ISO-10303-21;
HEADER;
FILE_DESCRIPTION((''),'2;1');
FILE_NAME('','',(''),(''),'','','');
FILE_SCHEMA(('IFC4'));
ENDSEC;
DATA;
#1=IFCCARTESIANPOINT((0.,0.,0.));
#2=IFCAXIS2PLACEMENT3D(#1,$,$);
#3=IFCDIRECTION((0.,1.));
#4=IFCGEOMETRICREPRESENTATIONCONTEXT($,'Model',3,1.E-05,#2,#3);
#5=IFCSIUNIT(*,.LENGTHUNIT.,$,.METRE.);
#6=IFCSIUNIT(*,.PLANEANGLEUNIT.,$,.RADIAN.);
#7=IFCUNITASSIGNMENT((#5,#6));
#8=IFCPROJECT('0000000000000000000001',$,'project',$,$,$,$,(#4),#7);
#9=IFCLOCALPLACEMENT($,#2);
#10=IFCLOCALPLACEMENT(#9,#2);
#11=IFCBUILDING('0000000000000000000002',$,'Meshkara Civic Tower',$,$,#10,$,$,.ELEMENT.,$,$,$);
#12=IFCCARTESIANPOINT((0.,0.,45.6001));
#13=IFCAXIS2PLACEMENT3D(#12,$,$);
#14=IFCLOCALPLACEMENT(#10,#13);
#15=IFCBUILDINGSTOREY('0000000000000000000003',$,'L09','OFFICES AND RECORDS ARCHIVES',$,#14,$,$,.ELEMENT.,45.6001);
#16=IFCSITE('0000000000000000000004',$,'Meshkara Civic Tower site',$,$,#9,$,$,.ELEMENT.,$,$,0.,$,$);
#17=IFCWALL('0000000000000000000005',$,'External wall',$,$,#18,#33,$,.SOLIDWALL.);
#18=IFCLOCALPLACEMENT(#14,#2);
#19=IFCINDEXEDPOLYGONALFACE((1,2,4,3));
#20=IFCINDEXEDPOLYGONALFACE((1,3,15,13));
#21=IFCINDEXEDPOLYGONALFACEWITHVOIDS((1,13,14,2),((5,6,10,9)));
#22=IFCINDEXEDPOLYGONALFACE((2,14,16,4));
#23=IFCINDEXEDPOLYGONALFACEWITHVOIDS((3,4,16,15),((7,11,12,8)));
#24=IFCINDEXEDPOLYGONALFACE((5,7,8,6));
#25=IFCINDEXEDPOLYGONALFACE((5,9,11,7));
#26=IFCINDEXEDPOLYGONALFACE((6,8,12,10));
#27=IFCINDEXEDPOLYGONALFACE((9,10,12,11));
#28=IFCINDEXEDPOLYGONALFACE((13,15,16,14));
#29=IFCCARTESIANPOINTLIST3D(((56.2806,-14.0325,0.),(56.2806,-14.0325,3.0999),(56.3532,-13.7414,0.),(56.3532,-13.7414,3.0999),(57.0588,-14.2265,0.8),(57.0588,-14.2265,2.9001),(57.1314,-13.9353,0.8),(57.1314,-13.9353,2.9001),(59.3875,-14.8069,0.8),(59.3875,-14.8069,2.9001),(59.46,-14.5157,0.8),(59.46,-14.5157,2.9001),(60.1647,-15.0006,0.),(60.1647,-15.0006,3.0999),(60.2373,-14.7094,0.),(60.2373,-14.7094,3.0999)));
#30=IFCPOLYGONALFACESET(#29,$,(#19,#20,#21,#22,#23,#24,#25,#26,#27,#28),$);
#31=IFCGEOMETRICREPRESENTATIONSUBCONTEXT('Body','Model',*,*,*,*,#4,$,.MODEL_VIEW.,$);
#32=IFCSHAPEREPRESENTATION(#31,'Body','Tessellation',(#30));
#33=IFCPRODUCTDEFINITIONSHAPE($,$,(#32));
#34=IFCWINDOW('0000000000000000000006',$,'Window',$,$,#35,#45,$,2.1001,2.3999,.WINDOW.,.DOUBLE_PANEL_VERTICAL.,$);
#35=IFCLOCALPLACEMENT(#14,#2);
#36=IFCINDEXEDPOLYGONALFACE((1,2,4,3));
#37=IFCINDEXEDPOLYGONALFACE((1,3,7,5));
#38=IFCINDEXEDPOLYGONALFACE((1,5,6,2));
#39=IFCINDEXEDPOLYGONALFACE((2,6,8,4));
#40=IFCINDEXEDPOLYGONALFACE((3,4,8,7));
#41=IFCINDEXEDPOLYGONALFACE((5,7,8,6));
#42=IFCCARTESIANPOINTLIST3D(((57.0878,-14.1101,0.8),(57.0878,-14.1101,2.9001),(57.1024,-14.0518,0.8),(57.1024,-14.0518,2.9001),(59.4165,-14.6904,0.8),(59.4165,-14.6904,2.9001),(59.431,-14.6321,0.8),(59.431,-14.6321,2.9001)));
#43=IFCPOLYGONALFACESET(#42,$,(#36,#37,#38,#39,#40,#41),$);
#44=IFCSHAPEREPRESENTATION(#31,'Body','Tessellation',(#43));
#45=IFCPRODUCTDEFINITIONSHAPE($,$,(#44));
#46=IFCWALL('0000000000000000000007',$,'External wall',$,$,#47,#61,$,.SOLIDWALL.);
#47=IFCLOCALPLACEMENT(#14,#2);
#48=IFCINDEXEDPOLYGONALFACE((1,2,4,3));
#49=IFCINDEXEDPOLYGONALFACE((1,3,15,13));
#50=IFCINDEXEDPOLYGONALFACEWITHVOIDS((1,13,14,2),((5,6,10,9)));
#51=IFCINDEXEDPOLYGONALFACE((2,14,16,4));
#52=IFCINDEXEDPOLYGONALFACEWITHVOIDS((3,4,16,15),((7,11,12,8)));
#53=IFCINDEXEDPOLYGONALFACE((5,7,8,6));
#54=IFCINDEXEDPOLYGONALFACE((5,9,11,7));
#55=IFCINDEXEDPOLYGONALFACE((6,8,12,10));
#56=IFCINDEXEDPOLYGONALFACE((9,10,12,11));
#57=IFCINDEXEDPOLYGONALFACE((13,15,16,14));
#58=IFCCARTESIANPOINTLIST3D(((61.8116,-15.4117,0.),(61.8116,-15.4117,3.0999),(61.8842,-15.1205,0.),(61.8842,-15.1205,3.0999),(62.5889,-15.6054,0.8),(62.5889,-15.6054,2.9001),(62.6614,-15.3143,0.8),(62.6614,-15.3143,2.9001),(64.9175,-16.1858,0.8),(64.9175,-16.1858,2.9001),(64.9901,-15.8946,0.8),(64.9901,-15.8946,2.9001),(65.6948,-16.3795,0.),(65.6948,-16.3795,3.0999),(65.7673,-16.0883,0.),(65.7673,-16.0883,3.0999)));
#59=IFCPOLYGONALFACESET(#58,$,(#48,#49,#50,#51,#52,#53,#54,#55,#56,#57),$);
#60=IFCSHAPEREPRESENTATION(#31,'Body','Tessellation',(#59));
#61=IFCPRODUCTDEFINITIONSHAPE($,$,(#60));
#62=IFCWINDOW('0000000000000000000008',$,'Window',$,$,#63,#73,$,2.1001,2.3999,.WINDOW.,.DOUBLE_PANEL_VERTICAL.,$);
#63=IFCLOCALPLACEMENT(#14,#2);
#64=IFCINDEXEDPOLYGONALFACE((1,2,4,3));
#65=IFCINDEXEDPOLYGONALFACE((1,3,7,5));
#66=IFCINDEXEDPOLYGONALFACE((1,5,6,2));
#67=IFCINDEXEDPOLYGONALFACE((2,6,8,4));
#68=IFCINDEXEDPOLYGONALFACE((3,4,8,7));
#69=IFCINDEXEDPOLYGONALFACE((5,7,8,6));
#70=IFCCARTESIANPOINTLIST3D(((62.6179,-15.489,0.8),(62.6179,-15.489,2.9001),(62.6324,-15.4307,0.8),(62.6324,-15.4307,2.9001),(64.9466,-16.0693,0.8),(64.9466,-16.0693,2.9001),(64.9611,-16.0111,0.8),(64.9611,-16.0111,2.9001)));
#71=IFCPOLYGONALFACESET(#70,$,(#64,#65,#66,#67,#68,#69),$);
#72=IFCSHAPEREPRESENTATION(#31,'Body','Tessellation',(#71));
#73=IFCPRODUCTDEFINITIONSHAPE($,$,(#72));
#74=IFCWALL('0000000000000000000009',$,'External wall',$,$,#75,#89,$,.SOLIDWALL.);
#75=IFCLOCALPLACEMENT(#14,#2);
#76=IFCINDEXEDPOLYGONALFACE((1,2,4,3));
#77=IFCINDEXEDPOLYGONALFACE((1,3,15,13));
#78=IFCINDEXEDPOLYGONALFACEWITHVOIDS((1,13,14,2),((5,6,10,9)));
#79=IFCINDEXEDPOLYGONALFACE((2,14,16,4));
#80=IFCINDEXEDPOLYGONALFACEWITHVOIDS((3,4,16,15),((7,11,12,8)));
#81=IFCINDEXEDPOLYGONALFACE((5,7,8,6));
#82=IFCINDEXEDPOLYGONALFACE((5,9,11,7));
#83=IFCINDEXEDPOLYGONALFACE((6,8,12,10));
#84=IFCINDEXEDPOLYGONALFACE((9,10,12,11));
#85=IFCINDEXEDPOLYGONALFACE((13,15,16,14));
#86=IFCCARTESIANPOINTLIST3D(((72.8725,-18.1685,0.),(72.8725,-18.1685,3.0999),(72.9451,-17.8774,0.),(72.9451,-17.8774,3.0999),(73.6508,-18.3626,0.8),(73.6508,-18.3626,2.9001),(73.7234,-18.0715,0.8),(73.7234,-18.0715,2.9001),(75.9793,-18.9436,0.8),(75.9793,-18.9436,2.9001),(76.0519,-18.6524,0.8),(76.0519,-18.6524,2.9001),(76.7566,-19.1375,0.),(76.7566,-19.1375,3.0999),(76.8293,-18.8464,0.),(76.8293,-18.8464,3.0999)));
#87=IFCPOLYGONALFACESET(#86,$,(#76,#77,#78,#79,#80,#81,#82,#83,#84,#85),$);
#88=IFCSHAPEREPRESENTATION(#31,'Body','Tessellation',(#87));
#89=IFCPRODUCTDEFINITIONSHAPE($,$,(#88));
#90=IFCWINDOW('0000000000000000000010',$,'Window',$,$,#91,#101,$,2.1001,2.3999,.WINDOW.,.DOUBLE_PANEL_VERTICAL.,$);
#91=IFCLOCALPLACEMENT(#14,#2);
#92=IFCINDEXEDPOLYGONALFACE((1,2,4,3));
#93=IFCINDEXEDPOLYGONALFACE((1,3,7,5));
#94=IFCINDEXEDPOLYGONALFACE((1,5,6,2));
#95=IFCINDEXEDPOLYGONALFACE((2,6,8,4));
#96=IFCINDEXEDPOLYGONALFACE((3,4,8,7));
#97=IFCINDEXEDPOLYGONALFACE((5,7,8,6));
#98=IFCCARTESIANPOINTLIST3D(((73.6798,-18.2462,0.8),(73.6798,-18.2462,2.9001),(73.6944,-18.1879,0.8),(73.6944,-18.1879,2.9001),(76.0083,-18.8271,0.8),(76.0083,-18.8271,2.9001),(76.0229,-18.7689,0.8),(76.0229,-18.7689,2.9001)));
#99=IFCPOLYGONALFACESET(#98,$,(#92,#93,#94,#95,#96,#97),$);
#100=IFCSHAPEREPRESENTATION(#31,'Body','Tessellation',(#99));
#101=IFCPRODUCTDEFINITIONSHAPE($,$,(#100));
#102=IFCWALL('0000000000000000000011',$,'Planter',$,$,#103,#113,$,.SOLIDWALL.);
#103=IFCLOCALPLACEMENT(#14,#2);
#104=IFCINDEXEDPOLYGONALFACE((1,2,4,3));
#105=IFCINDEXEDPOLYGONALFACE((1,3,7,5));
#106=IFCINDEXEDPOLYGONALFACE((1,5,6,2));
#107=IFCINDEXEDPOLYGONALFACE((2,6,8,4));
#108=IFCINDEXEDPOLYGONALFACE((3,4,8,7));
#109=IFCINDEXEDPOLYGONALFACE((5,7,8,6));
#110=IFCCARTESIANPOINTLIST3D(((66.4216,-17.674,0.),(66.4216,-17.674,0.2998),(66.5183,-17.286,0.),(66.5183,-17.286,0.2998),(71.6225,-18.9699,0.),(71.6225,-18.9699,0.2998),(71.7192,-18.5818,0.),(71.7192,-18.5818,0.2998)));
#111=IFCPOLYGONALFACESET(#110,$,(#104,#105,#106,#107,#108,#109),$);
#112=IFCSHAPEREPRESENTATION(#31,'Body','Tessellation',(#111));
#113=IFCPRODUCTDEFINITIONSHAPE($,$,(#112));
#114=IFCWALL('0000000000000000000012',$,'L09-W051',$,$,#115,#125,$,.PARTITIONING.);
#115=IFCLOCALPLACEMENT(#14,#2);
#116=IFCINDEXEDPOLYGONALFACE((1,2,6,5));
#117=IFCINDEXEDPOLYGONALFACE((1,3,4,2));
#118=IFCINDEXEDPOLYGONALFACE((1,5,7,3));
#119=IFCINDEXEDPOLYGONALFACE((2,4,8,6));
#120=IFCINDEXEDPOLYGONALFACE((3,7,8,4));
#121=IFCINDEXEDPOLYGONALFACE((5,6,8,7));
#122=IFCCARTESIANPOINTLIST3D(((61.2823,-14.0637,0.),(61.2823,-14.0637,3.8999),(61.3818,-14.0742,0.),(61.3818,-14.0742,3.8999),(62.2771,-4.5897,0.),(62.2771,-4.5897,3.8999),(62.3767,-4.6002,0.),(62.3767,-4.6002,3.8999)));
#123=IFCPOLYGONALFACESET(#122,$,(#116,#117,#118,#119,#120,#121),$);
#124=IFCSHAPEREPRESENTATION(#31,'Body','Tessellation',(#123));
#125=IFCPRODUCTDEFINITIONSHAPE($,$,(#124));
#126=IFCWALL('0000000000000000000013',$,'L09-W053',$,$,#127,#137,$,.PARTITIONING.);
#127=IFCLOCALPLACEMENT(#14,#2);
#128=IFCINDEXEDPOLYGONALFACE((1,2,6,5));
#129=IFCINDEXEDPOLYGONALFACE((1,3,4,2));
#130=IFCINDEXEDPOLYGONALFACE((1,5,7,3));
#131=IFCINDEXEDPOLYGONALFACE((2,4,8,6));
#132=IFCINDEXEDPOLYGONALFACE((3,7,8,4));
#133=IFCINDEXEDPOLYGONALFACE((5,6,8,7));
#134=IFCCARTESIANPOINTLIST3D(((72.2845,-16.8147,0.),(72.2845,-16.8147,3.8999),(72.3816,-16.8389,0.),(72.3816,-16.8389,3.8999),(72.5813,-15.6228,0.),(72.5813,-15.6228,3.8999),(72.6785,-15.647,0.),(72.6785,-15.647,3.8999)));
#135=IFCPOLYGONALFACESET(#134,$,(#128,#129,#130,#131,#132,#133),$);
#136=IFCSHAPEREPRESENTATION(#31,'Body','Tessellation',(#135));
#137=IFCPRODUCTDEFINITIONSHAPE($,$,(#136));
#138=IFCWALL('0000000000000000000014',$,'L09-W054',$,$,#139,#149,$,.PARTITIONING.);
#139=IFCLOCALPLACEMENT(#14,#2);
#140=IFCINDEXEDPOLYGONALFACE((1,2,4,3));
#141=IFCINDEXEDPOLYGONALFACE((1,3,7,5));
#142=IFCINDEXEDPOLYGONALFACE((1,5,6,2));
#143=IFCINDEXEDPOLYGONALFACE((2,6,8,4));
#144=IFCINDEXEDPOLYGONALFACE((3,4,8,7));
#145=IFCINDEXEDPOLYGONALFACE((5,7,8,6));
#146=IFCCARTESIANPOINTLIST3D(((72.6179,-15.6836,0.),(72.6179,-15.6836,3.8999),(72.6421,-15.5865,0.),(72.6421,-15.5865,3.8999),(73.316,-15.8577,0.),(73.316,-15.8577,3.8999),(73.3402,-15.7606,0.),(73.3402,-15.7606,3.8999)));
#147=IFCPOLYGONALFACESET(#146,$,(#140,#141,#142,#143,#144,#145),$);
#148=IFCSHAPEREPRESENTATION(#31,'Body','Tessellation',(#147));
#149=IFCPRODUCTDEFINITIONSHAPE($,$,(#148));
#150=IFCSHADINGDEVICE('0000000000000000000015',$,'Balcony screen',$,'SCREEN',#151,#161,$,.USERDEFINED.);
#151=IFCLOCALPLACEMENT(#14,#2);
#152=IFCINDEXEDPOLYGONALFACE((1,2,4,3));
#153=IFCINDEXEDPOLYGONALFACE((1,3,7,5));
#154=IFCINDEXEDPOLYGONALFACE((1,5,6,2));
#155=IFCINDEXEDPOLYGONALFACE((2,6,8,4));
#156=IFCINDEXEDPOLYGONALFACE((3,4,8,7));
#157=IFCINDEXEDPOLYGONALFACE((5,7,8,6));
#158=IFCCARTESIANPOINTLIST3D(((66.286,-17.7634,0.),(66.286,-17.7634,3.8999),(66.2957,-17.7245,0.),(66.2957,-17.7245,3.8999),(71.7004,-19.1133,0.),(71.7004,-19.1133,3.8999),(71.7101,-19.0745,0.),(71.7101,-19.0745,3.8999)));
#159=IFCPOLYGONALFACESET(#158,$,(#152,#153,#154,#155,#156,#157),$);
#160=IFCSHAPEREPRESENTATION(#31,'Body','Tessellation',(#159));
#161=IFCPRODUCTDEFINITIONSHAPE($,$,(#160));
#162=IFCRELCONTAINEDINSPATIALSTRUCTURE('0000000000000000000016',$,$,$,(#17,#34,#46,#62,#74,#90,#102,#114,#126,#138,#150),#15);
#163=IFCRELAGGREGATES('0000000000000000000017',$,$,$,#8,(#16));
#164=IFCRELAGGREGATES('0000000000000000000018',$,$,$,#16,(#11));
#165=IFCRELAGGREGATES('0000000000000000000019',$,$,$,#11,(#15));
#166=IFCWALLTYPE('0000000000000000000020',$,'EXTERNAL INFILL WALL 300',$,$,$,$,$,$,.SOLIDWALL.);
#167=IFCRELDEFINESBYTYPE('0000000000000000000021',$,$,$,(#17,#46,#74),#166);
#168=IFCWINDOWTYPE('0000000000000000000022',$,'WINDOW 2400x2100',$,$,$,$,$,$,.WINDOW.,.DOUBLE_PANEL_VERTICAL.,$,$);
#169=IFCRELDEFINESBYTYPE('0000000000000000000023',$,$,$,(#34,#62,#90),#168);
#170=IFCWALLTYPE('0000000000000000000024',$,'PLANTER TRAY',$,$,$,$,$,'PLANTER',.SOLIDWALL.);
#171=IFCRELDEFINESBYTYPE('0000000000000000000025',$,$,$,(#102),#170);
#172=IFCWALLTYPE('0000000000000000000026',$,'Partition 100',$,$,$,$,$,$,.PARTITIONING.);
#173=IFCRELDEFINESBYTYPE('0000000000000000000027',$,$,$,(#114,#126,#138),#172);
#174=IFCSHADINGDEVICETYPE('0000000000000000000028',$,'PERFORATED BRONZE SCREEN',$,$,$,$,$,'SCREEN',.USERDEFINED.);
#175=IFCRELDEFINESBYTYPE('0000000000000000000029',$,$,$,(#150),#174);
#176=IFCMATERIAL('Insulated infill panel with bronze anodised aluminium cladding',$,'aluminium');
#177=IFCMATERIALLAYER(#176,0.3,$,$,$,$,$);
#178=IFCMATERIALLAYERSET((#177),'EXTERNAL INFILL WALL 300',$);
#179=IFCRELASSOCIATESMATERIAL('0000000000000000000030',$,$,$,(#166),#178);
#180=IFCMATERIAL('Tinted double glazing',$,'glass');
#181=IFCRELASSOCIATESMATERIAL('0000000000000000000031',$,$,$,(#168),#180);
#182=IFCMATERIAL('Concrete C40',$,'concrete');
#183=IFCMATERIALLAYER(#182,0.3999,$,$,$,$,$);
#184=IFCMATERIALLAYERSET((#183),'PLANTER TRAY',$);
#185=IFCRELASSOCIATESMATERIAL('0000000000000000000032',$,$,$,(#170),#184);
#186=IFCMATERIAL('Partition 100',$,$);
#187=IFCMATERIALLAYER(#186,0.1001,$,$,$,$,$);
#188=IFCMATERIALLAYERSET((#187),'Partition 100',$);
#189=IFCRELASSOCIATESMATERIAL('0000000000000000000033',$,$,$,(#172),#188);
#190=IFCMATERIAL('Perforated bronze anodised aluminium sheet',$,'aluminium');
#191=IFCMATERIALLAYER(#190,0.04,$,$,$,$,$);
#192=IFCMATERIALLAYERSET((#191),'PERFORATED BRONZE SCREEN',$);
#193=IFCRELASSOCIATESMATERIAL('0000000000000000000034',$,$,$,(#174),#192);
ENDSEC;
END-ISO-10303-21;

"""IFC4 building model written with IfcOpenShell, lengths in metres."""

from ifc_helpers import new_model, si_unit, direction, frame, frame_2d, origin, origin_2d, place, context, subcontext, project, spatial, rectangle, extrude, material, layer, layer_set, type_object, element, fill, save


model = new_model("IFC4")

# Units and contexts
model_context = context("Model", 3, precision=1e-05, world=origin(), true_north=direction((0.0, 1.0)))
body_context = subcontext(model_context, "Body", "Model", "MODEL_VIEW")
ifc_project = project(units=[si_unit("LENGTHUNIT", "METRE"), si_unit("PLANEANGLEUNIT", "RADIAN")], contexts=[model_context])

# Site, building, storey
site_placement = place(None, origin())
site = spatial("IfcSite", under=ifc_project, at=site_placement, Name="Meshkara Civic Tower site", CompositionType="ELEMENT", RefElevation=0.0)
building_placement = place(site_placement, origin())
building = spatial("IfcBuilding", under=site, at=building_placement, Name="Meshkara Civic Tower", CompositionType="ELEMENT")
storey_placement = place(building_placement, frame((0.0, 0.0, 45.6001)))
storey = spatial("IfcBuildingStorey", under=building, at=storey_placement, Name="L09", Description="OFFICES AND RECORDS ARCHIVES", CompositionType="ELEMENT", Elevation=45.6001)

# Walls, openings, windows
ifc_material_1 = material(Name="Insulated infill panel with bronze anodised aluminium cladding", Category="aluminium")
ifc_layer_1 = layer(ifc_material_1, 0.3)
ifc_layer_set_1 = layer_set([ifc_layer_1], Name="EXTERNAL INFILL WALL 300")
wall_type_1 = type_object("IfcWallType", Name="EXTERNAL INFILL WALL 300", PredefinedType="SOLIDWALL", material=ifc_layer_set_1)
ifc_material_2 = material(Name="Tinted double glazing", Category="glass")
window_type = type_object("IfcWindowType", Name="WINDOW 2400x2100", PartitioningType="DOUBLE_PANEL_VERTICAL", PredefinedType="WINDOW", material=ifc_material_2)
wall_1_placement = place(storey_placement, frame((56.3169, -13.887, 0.0), z_axis=(0.0, 0.0, 1.0), x_axis=(0.970318, -0.241832, 0.0)))
wall_1 = element("IfcWall", 1, at=wall_1_placement, inside=storey, type_object=wall_type_1, Name="External wall", PredefinedType="SOLIDWALL", context=body_context, shape_type="SweptSolid", body=[
    extrude(rectangle(XDim=4.0029, YDim=0.3, at=frame_2d((2.0015, 0.0))), origin(), (0.0, 0.0, 1.0), 3.0999),
])
opening_1_placement = place(wall_1_placement, frame((0.802, 0.0, 0.8)))
opening_1 = element("IfcOpeningElement", 2, at=opening_1_placement, cuts=wall_1, PredefinedType="OPENING", context=body_context, shape_type="SweptSolid", body=[
    extrude(rectangle(XDim=2.3999, YDim=2.1001, at=frame_2d((1.2, 1.05))), frame((0.0, 0.1599, 0.0), z_axis=(0.0, -1.0, 0.0), x_axis=(1.0, 0.0, 0.0)), (0.0, 0.0, 1.0), 0.3201),
])
window_1_placement = place(opening_1_placement, origin())
window_1 = element("IfcWindow", 3, at=window_1_placement, inside=storey, type_object=window_type, Name="Window", OverallHeight=2.1001, OverallWidth=2.3999, PartitioningType="DOUBLE_PANEL_VERTICAL", PredefinedType="WINDOW", context=body_context, shape_type="SweptSolid", body=[
    extrude(rectangle(XDim=2.3999, YDim=2.1001, at=frame_2d((1.2, 1.05))), frame((0.0, 0.03, 0.0), z_axis=(0.0, -1.0, 0.0), x_axis=(1.0, 0.0, 0.0)), (0.0, 0.0, 1.0), 0.0601),
])
fill(opening_1, window_1)
wall_2_placement = place(storey_placement, frame((61.8479, -15.2661, 0.0), z_axis=(0.0, 0.0, 1.0), x_axis=(0.970318, -0.241832, 0.0)))
wall_2 = element("IfcWall", 4, at=wall_2_placement, inside=storey, type_object=wall_type_1, Name="External wall", PredefinedType="SOLIDWALL", context=body_context, shape_type="SweptSolid", body=[
    extrude(rectangle(XDim=4.002, YDim=0.3, at=frame_2d((2.001, 0.0))), origin(), (0.0, 0.0, 1.0), 3.0999),
])
opening_2_placement = place(wall_2_placement, frame((0.801, 0.0, 0.8)))
opening_2 = element("IfcOpeningElement", 5, at=opening_2_placement, cuts=wall_2, PredefinedType="OPENING", context=body_context, shape_type="SweptSolid", body=[
    extrude(rectangle(XDim=2.3999, YDim=2.1001, at=frame_2d((1.2, 1.05))), frame((0.0, 0.1599, 0.0), z_axis=(0.0, -1.0, 0.0), x_axis=(1.0, 0.0, 0.0)), (0.0, 0.0, 1.0), 0.3201),
])
window_2_placement = place(opening_2_placement, origin())
window_2 = element("IfcWindow", 6, at=window_2_placement, inside=storey, type_object=window_type, Name="Window", OverallHeight=2.1001, OverallWidth=2.3999, PartitioningType="DOUBLE_PANEL_VERTICAL", PredefinedType="WINDOW", context=body_context, shape_type="SweptSolid", body=[
    extrude(rectangle(XDim=2.3999, YDim=2.1001, at=frame_2d((1.2, 1.05))), frame((0.0, 0.03, 0.0), z_axis=(0.0, -1.0, 0.0), x_axis=(1.0, 0.0, 0.0)), (0.0, 0.0, 1.0), 0.0601),
])
fill(opening_2, window_2)
wall_3_placement = place(storey_placement, frame((72.9089, -18.0229, 0.0), z_axis=(0.0, 0.0, 1.0), x_axis=(0.970261, -0.242062, 0.0)))
wall_3 = element("IfcWall", 7, at=wall_3_placement, inside=storey, type_object=wall_type_1, Name="External wall", PredefinedType="SOLIDWALL", context=body_context, shape_type="SweptSolid", body=[
    extrude(rectangle(XDim=4.0032, YDim=0.3, at=frame_2d((2.0015, 0.0))), origin(), (0.0, 0.0, 1.0), 3.0999),
])
opening_3_placement = place(wall_3_placement, frame((0.802, 0.0, 0.8)))
opening_3 = element("IfcOpeningElement", 8, at=opening_3_placement, cuts=wall_3, PredefinedType="OPENING", context=body_context, shape_type="SweptSolid", body=[
    extrude(rectangle(XDim=2.3999, YDim=2.1001, at=frame_2d((1.2, 1.05))), frame((0.0, 0.1599, 0.0), z_axis=(0.0, -1.0, 0.0), x_axis=(1.0, 0.0, 0.0)), (0.0, 0.0, 1.0), 0.3201),
])
window_3_placement = place(opening_3_placement, origin())
window_3 = element("IfcWindow", 9, at=window_3_placement, inside=storey, type_object=window_type, Name="Window", OverallHeight=2.1001, OverallWidth=2.3999, PartitioningType="DOUBLE_PANEL_VERTICAL", PredefinedType="WINDOW", context=body_context, shape_type="SweptSolid", body=[
    extrude(rectangle(XDim=2.3999, YDim=2.1001, at=frame_2d((1.2, 1.05))), frame((0.0, 0.03, 0.0), z_axis=(0.0, -1.0, 0.0), x_axis=(1.0, 0.0, 0.0)), (0.0, 0.0, 1.0), 0.0601),
])
fill(opening_3, window_3)

# Walls
ifc_material_3 = material(Name="Concrete C40", Category="concrete")
ifc_layer_2 = layer(ifc_material_3, 0.3999)
ifc_layer_set_2 = layer_set([ifc_layer_2], Name="PLANTER TRAY")
wall_type_2 = type_object("IfcWallType", Name="PLANTER TRAY", ElementType="PLANTER", PredefinedType="SOLIDWALL", material=ifc_layer_set_2)
wall_4_placement = place(storey_placement, frame((66.47, -17.48, 0.0), z_axis=(0.0, 0.0, 1.0), x_axis=(0.970332, -0.241775, 0.0)))
element("IfcWall", 10, at=wall_4_placement, inside=storey, type_object=wall_type_2, Name="Planter", PredefinedType="SOLIDWALL", context=body_context, shape_type="SweptSolid", body=[
    extrude(rectangle(XDim=5.3599, YDim=0.3999, at=frame_2d((2.6799, 0.0))), origin(), (0.0, 0.0, 1.0), 0.2998),
])
ifc_material_4 = material(Name="Partition 100")
ifc_layer_3 = layer(ifc_material_4, 0.1001)
ifc_layer_set_3 = layer_set([ifc_layer_3], Name="Partition 100")
wall_type_3 = type_object("IfcWallType", Name="Partition 100", PredefinedType="PARTITIONING", material=ifc_layer_set_3)
wall_5_placement = place(storey_placement, frame((61.332, -14.0691, 0.0), z_axis=(0.0, 0.0, 1.0), x_axis=(0.104435, 0.994532, 0.0)))
element("IfcWall", 11, at=wall_5_placement, inside=storey, type_object=wall_type_3, Name="L09-W051", PredefinedType="PARTITIONING", context=body_context, shape_type="SweptSolid", body=[
    extrude(rectangle(XDim=9.5261, YDim=0.1001, at=frame_2d((4.7632, 0.0))), origin(), (0.0, 0.0, 1.0), 3.8999),
])
wall_6_placement = place(storey_placement, frame((72.333, -16.8269, 0.0), z_axis=(0.0, 0.0, 1.0), x_axis=(0.241694, 0.970353, 0.0)))
element("IfcWall", 12, at=wall_6_placement, inside=storey, type_object=wall_type_3, Name="L09-W053", PredefinedType="PARTITIONING", context=body_context, shape_type="SweptSolid", body=[
    extrude(rectangle(XDim=1.2283, YDim=0.1001, at=frame_2d((0.6143, 0.0))), origin(), (0.0, 0.0, 1.0), 3.8999),
])
wall_7_placement = place(storey_placement, frame((72.6299, -15.635, 0.0), z_axis=(0.0, 0.0, 1.0), x_axis=(0.970282, -0.241977, 0.0)))
element("IfcWall", 13, at=wall_7_placement, inside=storey, type_object=wall_type_3, Name="L09-W054", PredefinedType="PARTITIONING", context=body_context, shape_type="SweptSolid", body=[
    extrude(rectangle(XDim=0.7195, YDim=0.1001, at=frame_2d((0.3599, 0.0))), origin(), (0.0, 0.0, 1.0), 3.8999),
])

# Shading device
ifc_material_5 = material(Name="Perforated bronze anodised aluminium sheet", Category="aluminium")
ifc_layer_4 = layer(ifc_material_5, 0.04)
ifc_layer_set_4 = layer_set([ifc_layer_4], Name="PERFORATED BRONZE SCREEN")
shading_device_type = type_object("IfcShadingDeviceType", Name="PERFORATED BRONZE SCREEN", ElementType="SCREEN", PredefinedType="USERDEFINED", material=ifc_layer_set_4)
shading_device_placement = place(storey_placement, frame((68.998, -18.4189, 0.0), z_axis=(0.0, 0.0, 1.0), x_axis=(0.970296, -0.241922, 0.0)))
element("IfcShadingDevice", 14, at=shading_device_placement, inside=storey, type_object=shading_device_type, Name="Balcony screen", ObjectType="SCREEN", PredefinedType="USERDEFINED", context=body_context, shape_type="SweptSolid", body=[
    extrude(rectangle(XDim=5.5801, YDim=0.04, at=origin_2d()), origin(), (0.0, 0.0, 1.0), 3.8999),
])

save(model, "model.ifc")
